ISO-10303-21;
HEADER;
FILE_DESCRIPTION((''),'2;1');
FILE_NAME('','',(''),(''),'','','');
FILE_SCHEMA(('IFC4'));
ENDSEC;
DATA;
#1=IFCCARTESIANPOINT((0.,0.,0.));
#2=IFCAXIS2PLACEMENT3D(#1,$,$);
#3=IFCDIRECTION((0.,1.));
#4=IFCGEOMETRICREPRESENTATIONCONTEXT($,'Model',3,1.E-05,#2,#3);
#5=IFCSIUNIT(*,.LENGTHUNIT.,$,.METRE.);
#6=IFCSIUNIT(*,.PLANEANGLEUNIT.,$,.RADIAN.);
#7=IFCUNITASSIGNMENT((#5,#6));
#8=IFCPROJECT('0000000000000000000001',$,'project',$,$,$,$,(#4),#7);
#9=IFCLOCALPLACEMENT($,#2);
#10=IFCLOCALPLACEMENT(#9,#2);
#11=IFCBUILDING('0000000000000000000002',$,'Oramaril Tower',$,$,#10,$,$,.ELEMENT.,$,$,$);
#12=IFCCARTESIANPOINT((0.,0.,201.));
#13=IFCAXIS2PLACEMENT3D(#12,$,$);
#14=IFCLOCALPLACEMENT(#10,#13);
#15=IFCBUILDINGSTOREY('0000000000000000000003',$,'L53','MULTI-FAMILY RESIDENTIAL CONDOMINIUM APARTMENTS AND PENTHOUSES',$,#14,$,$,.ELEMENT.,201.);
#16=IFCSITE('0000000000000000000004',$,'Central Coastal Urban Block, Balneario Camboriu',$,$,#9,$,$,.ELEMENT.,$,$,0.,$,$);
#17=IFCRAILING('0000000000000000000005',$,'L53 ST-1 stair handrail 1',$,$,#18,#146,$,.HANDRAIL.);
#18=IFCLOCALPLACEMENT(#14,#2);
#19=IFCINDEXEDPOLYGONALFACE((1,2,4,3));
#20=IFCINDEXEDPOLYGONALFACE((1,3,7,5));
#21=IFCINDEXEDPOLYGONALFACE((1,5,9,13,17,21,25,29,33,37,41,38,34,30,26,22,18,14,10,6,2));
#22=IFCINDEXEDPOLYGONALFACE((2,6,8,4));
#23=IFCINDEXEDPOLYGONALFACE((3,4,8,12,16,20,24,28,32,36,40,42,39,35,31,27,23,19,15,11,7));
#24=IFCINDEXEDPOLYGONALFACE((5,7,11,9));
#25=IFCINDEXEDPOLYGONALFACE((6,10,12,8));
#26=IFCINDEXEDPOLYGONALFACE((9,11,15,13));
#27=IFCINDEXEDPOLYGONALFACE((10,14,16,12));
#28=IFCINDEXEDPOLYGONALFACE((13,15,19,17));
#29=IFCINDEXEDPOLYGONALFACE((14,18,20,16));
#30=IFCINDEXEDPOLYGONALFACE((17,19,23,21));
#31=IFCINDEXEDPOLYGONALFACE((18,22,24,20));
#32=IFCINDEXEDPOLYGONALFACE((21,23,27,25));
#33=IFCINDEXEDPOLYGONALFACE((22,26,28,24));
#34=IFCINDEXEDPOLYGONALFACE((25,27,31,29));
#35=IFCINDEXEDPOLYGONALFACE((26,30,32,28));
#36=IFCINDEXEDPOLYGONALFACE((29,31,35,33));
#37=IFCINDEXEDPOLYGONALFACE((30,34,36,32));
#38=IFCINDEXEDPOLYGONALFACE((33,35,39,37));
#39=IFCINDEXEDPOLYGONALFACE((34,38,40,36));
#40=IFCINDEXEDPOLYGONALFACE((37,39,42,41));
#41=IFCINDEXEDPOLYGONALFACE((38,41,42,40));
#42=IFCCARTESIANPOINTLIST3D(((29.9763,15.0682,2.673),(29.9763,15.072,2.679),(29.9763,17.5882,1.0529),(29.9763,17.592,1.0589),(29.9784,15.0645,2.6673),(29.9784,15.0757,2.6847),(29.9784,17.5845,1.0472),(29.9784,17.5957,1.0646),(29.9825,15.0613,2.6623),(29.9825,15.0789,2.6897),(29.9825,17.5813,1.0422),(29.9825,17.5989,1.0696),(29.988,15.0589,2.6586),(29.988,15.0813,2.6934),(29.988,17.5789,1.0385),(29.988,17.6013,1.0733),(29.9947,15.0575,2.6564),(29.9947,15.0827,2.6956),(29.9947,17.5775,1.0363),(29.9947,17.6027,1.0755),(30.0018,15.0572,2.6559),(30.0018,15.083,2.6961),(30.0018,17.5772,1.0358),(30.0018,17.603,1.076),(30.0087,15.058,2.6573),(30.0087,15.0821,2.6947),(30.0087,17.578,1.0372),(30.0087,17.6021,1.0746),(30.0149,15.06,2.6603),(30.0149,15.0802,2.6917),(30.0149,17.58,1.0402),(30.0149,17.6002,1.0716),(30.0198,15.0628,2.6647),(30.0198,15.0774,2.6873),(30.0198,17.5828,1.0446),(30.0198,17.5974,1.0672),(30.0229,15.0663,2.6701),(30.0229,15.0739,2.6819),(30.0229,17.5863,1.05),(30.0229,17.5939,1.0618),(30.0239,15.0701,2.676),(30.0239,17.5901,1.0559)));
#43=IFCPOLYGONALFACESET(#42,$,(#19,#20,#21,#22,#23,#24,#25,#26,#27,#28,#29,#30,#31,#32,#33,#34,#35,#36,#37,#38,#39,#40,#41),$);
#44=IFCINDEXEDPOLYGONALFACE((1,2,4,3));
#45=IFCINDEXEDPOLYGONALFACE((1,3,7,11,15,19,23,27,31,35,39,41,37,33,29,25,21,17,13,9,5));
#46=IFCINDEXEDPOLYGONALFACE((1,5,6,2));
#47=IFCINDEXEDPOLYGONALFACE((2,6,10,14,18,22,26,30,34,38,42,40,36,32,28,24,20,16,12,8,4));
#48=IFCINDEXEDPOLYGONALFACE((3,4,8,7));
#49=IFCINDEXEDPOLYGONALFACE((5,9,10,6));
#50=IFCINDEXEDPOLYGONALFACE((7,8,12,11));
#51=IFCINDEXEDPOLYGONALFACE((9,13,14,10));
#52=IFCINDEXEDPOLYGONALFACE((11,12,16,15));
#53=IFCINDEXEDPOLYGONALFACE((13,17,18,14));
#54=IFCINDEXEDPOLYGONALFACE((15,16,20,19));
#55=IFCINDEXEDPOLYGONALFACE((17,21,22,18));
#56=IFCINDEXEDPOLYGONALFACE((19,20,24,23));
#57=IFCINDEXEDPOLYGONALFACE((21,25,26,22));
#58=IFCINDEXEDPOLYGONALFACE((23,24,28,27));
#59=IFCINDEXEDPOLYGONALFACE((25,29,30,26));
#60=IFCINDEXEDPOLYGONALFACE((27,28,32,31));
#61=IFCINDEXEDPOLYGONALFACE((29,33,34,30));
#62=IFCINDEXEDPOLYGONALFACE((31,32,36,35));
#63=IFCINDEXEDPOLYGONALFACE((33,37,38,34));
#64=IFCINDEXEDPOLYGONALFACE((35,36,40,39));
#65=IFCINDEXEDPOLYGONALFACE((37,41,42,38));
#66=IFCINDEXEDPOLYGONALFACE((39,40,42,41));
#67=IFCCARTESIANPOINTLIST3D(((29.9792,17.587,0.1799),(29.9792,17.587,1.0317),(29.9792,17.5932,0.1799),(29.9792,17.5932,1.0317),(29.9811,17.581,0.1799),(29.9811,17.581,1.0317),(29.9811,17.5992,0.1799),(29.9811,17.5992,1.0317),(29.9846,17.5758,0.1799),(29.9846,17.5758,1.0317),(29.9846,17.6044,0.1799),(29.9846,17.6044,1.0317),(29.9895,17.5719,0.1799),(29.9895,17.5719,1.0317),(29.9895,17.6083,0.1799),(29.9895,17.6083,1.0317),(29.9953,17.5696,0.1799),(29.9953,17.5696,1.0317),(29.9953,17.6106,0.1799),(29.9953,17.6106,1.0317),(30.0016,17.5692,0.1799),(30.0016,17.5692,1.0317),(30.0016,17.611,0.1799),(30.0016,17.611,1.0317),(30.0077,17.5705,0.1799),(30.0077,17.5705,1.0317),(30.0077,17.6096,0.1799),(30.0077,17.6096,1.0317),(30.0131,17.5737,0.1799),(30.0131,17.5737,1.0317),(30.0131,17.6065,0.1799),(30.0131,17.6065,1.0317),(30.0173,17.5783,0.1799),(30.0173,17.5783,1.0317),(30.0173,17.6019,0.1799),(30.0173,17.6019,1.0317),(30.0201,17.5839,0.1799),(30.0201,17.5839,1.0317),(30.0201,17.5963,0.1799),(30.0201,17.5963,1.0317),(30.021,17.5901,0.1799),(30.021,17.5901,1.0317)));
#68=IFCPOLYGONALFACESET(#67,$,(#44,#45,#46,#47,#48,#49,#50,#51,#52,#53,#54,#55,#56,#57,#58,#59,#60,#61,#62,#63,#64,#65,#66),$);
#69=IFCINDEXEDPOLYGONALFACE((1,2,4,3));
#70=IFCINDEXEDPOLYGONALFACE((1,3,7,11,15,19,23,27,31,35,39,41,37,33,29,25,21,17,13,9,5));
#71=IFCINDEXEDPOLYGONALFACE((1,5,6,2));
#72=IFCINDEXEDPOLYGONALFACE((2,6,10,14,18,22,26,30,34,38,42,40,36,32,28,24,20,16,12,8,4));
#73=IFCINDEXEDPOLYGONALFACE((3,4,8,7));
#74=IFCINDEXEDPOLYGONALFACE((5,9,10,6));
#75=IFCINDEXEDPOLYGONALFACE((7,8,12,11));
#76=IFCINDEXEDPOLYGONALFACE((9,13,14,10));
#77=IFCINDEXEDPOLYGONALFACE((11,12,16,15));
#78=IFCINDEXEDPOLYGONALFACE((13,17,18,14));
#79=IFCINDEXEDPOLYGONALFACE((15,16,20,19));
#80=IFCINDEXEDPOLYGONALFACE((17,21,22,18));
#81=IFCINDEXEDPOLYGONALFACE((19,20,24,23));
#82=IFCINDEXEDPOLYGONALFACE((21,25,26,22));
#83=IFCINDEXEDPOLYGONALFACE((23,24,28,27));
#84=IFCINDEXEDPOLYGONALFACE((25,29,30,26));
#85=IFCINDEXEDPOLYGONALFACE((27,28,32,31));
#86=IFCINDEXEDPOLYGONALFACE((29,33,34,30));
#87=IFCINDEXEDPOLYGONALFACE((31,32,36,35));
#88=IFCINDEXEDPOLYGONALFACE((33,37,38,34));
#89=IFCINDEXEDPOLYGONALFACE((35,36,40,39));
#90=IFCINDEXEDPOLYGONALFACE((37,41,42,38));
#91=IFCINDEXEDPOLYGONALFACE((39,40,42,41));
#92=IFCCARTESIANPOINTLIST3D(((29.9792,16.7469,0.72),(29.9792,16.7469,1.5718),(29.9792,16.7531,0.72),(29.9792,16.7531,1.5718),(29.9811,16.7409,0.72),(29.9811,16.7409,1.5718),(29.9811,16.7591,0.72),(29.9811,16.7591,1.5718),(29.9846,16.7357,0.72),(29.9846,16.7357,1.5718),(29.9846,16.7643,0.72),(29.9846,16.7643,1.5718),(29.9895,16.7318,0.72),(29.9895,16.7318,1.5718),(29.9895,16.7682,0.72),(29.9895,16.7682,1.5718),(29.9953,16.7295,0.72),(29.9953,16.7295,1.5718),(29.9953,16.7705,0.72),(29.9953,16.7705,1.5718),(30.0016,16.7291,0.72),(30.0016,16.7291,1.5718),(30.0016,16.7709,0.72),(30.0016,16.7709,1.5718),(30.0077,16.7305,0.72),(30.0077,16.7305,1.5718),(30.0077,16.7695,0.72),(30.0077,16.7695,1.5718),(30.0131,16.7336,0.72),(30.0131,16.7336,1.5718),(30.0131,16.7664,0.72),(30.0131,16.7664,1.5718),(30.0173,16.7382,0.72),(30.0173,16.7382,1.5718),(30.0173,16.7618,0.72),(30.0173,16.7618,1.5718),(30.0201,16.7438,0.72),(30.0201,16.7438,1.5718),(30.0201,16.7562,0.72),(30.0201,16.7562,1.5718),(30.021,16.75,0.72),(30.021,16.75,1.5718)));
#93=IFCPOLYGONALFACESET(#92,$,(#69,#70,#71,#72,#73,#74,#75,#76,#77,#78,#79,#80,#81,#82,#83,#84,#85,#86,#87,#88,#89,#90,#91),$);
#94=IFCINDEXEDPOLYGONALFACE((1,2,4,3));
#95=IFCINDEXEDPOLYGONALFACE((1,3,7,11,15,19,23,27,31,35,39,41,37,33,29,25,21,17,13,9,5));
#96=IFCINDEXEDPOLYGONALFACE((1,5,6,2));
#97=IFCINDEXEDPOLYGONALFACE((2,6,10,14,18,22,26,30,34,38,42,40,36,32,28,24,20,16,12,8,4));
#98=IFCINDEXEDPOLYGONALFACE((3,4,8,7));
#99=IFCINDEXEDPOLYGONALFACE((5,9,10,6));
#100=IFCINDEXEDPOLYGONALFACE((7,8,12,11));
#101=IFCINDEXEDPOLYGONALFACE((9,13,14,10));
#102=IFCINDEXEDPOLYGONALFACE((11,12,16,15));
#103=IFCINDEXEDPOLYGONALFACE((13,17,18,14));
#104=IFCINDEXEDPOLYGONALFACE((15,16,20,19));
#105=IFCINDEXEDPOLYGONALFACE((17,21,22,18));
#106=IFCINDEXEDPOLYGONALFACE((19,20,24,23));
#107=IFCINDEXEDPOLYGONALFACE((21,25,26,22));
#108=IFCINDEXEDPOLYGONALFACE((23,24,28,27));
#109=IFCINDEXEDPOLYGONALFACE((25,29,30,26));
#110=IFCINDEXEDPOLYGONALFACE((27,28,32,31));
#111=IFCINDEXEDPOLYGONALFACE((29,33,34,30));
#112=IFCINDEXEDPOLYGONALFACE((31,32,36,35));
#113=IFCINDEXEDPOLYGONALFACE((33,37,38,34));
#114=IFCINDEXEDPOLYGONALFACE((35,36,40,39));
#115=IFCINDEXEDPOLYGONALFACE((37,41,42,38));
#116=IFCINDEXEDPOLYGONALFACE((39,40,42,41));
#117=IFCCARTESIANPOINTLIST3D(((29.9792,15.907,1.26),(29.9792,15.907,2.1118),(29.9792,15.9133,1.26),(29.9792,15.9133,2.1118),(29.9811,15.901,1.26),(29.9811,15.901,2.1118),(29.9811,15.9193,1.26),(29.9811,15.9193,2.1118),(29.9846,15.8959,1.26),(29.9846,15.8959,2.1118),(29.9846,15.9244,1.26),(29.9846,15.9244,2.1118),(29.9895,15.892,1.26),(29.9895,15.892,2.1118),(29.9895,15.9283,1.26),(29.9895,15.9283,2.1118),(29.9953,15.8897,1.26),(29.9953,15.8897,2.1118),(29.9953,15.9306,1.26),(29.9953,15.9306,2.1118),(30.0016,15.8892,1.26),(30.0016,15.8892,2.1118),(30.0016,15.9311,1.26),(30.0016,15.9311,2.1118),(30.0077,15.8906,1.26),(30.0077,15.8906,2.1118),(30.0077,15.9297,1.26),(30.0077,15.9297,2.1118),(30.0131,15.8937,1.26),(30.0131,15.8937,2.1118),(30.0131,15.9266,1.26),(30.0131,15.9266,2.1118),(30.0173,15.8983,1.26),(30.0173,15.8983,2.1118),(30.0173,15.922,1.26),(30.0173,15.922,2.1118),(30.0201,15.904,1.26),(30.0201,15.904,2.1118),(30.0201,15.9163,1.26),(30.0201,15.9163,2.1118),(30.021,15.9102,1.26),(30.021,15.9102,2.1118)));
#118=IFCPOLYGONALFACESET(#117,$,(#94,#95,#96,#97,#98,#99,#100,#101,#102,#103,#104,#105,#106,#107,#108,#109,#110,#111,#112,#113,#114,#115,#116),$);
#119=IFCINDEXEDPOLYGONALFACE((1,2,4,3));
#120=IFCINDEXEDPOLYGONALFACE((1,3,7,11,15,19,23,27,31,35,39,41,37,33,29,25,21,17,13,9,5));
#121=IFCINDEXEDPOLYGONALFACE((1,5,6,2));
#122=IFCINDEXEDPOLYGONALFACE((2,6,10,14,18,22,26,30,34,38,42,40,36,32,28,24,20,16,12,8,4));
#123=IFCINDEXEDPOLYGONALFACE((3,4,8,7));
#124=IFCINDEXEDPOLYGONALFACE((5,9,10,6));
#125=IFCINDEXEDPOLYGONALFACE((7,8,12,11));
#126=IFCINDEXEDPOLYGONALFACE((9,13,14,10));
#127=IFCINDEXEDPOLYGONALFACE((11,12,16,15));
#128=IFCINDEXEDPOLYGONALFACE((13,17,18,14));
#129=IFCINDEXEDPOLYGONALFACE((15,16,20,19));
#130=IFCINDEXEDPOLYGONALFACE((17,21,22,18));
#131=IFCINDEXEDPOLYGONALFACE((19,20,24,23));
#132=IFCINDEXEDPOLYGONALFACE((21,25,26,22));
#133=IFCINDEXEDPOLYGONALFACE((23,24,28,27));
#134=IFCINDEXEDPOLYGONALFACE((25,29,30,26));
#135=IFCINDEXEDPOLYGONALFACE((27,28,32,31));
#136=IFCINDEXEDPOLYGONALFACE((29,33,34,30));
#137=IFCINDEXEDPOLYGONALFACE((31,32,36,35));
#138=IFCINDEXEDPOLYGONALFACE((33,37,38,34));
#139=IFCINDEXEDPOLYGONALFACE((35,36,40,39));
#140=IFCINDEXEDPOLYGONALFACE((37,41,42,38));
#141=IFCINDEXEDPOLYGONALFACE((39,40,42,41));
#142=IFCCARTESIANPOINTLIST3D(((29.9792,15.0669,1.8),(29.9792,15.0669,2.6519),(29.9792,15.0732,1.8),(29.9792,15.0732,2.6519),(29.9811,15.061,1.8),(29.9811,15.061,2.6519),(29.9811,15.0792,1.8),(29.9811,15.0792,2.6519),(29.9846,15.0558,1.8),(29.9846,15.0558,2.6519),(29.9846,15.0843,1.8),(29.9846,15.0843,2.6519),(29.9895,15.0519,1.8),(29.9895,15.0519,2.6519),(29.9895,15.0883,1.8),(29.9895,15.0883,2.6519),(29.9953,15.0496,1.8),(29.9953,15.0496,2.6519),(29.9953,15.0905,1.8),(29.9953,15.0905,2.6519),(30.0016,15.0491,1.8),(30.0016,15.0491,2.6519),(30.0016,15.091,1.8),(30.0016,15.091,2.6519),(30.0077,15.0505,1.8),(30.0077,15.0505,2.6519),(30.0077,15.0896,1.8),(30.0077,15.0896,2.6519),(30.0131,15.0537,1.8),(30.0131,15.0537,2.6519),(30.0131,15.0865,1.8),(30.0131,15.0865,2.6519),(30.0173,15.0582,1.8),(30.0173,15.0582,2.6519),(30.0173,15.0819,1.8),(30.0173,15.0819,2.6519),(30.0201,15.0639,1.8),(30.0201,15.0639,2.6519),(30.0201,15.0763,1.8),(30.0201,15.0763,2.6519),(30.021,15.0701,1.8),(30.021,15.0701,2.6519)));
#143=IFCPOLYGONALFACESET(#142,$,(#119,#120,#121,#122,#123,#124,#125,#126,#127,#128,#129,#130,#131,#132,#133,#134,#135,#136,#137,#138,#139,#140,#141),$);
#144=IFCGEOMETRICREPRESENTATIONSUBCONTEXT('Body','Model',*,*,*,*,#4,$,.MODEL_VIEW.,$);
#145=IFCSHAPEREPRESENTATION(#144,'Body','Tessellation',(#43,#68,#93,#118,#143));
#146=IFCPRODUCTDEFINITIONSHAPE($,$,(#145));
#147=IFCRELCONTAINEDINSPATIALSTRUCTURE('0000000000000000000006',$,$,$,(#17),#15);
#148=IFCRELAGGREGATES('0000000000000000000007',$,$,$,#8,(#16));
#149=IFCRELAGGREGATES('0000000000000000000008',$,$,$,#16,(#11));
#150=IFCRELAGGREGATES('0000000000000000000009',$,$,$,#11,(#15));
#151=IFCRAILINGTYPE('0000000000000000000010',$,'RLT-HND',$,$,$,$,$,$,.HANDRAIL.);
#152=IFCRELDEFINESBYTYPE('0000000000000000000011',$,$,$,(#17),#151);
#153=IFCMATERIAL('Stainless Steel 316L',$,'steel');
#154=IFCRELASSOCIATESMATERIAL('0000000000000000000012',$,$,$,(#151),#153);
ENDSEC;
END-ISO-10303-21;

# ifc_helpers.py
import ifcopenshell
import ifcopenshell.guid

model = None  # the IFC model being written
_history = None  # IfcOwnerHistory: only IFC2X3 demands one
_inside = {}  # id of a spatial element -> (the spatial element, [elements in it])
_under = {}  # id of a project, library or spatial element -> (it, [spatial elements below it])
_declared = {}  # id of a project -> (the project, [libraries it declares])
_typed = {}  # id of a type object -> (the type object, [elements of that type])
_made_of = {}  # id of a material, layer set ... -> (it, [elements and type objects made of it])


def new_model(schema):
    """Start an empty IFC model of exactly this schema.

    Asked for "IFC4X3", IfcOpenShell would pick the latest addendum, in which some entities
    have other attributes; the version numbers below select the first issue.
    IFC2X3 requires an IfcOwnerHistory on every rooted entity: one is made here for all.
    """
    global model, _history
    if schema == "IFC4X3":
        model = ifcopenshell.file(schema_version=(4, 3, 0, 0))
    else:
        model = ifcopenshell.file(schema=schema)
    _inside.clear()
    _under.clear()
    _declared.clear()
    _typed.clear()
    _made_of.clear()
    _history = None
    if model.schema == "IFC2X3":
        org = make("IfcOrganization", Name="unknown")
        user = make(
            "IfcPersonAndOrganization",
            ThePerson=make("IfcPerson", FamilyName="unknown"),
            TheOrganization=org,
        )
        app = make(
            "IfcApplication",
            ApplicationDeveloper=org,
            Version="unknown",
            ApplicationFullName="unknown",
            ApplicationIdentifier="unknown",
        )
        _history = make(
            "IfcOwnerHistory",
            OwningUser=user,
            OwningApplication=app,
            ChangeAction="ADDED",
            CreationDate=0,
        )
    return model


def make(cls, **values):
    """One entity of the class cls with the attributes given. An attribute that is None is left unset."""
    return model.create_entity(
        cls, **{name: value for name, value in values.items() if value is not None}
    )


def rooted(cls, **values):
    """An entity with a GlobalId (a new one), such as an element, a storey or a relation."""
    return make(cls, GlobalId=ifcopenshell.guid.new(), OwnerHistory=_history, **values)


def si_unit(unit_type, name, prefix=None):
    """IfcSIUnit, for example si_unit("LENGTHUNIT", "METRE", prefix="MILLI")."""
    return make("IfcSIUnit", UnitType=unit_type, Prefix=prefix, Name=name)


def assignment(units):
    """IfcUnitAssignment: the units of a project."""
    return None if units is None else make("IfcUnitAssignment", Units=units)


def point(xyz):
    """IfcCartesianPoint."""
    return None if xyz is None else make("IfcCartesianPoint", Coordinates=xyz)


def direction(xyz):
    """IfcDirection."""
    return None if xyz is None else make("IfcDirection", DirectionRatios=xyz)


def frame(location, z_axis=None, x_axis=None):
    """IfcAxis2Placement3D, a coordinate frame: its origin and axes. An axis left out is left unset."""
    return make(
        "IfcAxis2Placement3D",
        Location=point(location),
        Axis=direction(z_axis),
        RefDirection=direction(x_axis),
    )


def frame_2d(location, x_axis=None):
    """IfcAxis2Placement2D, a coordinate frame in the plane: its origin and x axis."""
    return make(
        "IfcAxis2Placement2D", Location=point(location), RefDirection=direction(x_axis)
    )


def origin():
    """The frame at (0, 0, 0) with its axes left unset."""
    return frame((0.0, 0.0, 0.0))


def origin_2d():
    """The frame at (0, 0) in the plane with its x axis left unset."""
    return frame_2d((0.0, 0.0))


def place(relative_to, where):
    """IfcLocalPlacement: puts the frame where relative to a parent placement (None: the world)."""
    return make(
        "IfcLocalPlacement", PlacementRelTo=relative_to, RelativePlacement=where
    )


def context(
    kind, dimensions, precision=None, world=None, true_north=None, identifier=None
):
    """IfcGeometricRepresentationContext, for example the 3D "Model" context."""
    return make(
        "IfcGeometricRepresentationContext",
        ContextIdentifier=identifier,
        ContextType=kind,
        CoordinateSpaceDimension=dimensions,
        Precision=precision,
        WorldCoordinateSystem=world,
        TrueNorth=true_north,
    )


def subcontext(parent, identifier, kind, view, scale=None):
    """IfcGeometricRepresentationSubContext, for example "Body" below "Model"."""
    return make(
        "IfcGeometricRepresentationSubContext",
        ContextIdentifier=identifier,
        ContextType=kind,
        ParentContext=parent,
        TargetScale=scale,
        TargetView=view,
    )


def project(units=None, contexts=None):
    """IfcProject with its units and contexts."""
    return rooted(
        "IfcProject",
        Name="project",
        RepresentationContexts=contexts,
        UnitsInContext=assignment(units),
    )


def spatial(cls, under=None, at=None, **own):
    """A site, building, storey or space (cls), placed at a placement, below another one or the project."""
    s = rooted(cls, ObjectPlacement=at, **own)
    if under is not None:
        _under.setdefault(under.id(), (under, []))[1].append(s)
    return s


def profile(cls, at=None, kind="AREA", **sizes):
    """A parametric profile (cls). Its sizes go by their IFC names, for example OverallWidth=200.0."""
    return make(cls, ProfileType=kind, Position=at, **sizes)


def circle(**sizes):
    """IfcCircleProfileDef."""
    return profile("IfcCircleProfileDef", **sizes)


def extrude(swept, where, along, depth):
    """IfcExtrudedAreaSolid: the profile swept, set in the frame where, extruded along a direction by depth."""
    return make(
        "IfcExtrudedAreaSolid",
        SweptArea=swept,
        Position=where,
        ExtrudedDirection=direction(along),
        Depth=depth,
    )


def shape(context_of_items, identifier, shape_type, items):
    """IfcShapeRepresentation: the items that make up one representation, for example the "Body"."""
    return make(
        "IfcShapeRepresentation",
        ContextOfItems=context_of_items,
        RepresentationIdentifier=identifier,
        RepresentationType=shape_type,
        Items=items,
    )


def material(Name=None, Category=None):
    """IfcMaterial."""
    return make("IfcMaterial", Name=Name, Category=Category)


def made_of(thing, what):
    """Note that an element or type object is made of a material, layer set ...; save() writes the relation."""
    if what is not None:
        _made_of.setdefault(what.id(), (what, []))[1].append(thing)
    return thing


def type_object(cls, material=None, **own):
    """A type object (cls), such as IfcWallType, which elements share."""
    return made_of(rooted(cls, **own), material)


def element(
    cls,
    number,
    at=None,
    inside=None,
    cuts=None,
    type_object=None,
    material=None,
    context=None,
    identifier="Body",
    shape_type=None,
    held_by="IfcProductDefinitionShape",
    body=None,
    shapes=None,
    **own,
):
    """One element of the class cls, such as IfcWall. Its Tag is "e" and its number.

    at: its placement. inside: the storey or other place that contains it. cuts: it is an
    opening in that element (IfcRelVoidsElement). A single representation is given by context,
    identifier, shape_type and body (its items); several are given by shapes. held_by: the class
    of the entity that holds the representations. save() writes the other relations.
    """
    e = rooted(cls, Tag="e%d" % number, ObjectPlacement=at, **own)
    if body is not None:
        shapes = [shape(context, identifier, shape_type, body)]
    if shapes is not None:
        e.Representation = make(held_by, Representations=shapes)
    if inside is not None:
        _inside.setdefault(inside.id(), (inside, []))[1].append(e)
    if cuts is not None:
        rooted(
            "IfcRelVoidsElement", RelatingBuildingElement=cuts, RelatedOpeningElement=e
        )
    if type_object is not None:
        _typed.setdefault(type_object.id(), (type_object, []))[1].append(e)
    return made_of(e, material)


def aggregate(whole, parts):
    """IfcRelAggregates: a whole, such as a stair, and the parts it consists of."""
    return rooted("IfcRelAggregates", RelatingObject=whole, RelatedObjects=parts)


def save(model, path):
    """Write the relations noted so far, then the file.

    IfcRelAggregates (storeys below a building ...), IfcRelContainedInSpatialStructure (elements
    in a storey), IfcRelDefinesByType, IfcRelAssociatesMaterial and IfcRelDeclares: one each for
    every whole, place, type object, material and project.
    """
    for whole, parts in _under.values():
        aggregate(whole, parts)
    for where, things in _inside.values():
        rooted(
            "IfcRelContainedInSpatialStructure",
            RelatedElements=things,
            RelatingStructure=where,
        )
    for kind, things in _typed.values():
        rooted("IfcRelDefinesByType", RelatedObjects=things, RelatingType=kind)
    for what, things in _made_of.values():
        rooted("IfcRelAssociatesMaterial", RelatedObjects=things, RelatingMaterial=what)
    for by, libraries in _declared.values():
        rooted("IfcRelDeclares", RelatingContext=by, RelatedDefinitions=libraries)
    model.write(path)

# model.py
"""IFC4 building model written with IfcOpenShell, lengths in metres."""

from ifc_helpers import new_model, si_unit, direction, frame, origin, origin_2d, place, context, subcontext, project, spatial, circle, extrude, material, type_object, element, save


model = new_model("IFC4")

# Units and contexts
model_context = context("Model", 3, precision=1e-05, world=origin(), true_north=direction((0.0, 1.0)))
body_context = subcontext(model_context, "Body", "Model", "MODEL_VIEW")
ifc_project = project(units=[si_unit("LENGTHUNIT", "METRE"), si_unit("PLANEANGLEUNIT", "RADIAN")], contexts=[model_context])

# Site, building, storey
site_placement = place(None, origin())
site = spatial("IfcSite", under=ifc_project, at=site_placement, Name="Central Coastal Urban Block, Balneario Camboriu", CompositionType="ELEMENT", RefElevation=0.0)
building_placement = place(site_placement, origin())
building = spatial("IfcBuilding", under=site, at=building_placement, Name="Oramaril Tower", CompositionType="ELEMENT")
storey_placement = place(building_placement, frame((0.0, 0.0, 201.0)))
storey = spatial("IfcBuildingStorey", under=building, at=storey_placement, Name="L53", Description="MULTI-FAMILY RESIDENTIAL CONDOMINIUM APARTMENTS AND PENTHOUSES", CompositionType="ELEMENT", Elevation=201.0)

# Railing
ifc_material_1 = material(Name="Stainless Steel 316L", Category="steel")
railing_type_1 = type_object("IfcRailingType", Name="RLT-HND", PredefinedType="HANDRAIL", material=ifc_material_1)
railing_1_placement = place(storey_placement, frame((30.0, 17.5901, 0.1799)))
element("IfcRailing", 1, at=railing_1_placement, inside=storey, type_object=railing_type_1, Name="L53 ST-1 stair handrail 1", PredefinedType="HANDRAIL", context=body_context, shape_type="SweptSolid", body=[
    extrude(circle(Radius=0.0239, at=origin_2d()), frame((0.0, 0.0, 0.876), z_axis=(0.0, -0.841163, 0.540782), x_axis=(1.0, 0.0, 0.0)), (0.0, 0.0, 1.0), 2.9958),
    extrude(circle(Radius=0.021, at=origin_2d()), origin(), (0.0, 0.0, 1.0), 0.8518),
    extrude(circle(Radius=0.021, at=origin_2d()), frame((0.0, -0.8401, 0.54)), (0.0, 0.0, 1.0), 0.8518),
    extrude(circle(Radius=0.021, at=origin_2d()), frame((0.0, -1.6799, 1.0801)), (0.0, 0.0, 1.0), 0.8518),
    extrude(circle(Radius=0.021, at=origin_2d()), frame((0.0, -2.52, 1.6201)), (0.0, 0.0, 1.0), 0.8518),
])

save(model, "model.ifc")
